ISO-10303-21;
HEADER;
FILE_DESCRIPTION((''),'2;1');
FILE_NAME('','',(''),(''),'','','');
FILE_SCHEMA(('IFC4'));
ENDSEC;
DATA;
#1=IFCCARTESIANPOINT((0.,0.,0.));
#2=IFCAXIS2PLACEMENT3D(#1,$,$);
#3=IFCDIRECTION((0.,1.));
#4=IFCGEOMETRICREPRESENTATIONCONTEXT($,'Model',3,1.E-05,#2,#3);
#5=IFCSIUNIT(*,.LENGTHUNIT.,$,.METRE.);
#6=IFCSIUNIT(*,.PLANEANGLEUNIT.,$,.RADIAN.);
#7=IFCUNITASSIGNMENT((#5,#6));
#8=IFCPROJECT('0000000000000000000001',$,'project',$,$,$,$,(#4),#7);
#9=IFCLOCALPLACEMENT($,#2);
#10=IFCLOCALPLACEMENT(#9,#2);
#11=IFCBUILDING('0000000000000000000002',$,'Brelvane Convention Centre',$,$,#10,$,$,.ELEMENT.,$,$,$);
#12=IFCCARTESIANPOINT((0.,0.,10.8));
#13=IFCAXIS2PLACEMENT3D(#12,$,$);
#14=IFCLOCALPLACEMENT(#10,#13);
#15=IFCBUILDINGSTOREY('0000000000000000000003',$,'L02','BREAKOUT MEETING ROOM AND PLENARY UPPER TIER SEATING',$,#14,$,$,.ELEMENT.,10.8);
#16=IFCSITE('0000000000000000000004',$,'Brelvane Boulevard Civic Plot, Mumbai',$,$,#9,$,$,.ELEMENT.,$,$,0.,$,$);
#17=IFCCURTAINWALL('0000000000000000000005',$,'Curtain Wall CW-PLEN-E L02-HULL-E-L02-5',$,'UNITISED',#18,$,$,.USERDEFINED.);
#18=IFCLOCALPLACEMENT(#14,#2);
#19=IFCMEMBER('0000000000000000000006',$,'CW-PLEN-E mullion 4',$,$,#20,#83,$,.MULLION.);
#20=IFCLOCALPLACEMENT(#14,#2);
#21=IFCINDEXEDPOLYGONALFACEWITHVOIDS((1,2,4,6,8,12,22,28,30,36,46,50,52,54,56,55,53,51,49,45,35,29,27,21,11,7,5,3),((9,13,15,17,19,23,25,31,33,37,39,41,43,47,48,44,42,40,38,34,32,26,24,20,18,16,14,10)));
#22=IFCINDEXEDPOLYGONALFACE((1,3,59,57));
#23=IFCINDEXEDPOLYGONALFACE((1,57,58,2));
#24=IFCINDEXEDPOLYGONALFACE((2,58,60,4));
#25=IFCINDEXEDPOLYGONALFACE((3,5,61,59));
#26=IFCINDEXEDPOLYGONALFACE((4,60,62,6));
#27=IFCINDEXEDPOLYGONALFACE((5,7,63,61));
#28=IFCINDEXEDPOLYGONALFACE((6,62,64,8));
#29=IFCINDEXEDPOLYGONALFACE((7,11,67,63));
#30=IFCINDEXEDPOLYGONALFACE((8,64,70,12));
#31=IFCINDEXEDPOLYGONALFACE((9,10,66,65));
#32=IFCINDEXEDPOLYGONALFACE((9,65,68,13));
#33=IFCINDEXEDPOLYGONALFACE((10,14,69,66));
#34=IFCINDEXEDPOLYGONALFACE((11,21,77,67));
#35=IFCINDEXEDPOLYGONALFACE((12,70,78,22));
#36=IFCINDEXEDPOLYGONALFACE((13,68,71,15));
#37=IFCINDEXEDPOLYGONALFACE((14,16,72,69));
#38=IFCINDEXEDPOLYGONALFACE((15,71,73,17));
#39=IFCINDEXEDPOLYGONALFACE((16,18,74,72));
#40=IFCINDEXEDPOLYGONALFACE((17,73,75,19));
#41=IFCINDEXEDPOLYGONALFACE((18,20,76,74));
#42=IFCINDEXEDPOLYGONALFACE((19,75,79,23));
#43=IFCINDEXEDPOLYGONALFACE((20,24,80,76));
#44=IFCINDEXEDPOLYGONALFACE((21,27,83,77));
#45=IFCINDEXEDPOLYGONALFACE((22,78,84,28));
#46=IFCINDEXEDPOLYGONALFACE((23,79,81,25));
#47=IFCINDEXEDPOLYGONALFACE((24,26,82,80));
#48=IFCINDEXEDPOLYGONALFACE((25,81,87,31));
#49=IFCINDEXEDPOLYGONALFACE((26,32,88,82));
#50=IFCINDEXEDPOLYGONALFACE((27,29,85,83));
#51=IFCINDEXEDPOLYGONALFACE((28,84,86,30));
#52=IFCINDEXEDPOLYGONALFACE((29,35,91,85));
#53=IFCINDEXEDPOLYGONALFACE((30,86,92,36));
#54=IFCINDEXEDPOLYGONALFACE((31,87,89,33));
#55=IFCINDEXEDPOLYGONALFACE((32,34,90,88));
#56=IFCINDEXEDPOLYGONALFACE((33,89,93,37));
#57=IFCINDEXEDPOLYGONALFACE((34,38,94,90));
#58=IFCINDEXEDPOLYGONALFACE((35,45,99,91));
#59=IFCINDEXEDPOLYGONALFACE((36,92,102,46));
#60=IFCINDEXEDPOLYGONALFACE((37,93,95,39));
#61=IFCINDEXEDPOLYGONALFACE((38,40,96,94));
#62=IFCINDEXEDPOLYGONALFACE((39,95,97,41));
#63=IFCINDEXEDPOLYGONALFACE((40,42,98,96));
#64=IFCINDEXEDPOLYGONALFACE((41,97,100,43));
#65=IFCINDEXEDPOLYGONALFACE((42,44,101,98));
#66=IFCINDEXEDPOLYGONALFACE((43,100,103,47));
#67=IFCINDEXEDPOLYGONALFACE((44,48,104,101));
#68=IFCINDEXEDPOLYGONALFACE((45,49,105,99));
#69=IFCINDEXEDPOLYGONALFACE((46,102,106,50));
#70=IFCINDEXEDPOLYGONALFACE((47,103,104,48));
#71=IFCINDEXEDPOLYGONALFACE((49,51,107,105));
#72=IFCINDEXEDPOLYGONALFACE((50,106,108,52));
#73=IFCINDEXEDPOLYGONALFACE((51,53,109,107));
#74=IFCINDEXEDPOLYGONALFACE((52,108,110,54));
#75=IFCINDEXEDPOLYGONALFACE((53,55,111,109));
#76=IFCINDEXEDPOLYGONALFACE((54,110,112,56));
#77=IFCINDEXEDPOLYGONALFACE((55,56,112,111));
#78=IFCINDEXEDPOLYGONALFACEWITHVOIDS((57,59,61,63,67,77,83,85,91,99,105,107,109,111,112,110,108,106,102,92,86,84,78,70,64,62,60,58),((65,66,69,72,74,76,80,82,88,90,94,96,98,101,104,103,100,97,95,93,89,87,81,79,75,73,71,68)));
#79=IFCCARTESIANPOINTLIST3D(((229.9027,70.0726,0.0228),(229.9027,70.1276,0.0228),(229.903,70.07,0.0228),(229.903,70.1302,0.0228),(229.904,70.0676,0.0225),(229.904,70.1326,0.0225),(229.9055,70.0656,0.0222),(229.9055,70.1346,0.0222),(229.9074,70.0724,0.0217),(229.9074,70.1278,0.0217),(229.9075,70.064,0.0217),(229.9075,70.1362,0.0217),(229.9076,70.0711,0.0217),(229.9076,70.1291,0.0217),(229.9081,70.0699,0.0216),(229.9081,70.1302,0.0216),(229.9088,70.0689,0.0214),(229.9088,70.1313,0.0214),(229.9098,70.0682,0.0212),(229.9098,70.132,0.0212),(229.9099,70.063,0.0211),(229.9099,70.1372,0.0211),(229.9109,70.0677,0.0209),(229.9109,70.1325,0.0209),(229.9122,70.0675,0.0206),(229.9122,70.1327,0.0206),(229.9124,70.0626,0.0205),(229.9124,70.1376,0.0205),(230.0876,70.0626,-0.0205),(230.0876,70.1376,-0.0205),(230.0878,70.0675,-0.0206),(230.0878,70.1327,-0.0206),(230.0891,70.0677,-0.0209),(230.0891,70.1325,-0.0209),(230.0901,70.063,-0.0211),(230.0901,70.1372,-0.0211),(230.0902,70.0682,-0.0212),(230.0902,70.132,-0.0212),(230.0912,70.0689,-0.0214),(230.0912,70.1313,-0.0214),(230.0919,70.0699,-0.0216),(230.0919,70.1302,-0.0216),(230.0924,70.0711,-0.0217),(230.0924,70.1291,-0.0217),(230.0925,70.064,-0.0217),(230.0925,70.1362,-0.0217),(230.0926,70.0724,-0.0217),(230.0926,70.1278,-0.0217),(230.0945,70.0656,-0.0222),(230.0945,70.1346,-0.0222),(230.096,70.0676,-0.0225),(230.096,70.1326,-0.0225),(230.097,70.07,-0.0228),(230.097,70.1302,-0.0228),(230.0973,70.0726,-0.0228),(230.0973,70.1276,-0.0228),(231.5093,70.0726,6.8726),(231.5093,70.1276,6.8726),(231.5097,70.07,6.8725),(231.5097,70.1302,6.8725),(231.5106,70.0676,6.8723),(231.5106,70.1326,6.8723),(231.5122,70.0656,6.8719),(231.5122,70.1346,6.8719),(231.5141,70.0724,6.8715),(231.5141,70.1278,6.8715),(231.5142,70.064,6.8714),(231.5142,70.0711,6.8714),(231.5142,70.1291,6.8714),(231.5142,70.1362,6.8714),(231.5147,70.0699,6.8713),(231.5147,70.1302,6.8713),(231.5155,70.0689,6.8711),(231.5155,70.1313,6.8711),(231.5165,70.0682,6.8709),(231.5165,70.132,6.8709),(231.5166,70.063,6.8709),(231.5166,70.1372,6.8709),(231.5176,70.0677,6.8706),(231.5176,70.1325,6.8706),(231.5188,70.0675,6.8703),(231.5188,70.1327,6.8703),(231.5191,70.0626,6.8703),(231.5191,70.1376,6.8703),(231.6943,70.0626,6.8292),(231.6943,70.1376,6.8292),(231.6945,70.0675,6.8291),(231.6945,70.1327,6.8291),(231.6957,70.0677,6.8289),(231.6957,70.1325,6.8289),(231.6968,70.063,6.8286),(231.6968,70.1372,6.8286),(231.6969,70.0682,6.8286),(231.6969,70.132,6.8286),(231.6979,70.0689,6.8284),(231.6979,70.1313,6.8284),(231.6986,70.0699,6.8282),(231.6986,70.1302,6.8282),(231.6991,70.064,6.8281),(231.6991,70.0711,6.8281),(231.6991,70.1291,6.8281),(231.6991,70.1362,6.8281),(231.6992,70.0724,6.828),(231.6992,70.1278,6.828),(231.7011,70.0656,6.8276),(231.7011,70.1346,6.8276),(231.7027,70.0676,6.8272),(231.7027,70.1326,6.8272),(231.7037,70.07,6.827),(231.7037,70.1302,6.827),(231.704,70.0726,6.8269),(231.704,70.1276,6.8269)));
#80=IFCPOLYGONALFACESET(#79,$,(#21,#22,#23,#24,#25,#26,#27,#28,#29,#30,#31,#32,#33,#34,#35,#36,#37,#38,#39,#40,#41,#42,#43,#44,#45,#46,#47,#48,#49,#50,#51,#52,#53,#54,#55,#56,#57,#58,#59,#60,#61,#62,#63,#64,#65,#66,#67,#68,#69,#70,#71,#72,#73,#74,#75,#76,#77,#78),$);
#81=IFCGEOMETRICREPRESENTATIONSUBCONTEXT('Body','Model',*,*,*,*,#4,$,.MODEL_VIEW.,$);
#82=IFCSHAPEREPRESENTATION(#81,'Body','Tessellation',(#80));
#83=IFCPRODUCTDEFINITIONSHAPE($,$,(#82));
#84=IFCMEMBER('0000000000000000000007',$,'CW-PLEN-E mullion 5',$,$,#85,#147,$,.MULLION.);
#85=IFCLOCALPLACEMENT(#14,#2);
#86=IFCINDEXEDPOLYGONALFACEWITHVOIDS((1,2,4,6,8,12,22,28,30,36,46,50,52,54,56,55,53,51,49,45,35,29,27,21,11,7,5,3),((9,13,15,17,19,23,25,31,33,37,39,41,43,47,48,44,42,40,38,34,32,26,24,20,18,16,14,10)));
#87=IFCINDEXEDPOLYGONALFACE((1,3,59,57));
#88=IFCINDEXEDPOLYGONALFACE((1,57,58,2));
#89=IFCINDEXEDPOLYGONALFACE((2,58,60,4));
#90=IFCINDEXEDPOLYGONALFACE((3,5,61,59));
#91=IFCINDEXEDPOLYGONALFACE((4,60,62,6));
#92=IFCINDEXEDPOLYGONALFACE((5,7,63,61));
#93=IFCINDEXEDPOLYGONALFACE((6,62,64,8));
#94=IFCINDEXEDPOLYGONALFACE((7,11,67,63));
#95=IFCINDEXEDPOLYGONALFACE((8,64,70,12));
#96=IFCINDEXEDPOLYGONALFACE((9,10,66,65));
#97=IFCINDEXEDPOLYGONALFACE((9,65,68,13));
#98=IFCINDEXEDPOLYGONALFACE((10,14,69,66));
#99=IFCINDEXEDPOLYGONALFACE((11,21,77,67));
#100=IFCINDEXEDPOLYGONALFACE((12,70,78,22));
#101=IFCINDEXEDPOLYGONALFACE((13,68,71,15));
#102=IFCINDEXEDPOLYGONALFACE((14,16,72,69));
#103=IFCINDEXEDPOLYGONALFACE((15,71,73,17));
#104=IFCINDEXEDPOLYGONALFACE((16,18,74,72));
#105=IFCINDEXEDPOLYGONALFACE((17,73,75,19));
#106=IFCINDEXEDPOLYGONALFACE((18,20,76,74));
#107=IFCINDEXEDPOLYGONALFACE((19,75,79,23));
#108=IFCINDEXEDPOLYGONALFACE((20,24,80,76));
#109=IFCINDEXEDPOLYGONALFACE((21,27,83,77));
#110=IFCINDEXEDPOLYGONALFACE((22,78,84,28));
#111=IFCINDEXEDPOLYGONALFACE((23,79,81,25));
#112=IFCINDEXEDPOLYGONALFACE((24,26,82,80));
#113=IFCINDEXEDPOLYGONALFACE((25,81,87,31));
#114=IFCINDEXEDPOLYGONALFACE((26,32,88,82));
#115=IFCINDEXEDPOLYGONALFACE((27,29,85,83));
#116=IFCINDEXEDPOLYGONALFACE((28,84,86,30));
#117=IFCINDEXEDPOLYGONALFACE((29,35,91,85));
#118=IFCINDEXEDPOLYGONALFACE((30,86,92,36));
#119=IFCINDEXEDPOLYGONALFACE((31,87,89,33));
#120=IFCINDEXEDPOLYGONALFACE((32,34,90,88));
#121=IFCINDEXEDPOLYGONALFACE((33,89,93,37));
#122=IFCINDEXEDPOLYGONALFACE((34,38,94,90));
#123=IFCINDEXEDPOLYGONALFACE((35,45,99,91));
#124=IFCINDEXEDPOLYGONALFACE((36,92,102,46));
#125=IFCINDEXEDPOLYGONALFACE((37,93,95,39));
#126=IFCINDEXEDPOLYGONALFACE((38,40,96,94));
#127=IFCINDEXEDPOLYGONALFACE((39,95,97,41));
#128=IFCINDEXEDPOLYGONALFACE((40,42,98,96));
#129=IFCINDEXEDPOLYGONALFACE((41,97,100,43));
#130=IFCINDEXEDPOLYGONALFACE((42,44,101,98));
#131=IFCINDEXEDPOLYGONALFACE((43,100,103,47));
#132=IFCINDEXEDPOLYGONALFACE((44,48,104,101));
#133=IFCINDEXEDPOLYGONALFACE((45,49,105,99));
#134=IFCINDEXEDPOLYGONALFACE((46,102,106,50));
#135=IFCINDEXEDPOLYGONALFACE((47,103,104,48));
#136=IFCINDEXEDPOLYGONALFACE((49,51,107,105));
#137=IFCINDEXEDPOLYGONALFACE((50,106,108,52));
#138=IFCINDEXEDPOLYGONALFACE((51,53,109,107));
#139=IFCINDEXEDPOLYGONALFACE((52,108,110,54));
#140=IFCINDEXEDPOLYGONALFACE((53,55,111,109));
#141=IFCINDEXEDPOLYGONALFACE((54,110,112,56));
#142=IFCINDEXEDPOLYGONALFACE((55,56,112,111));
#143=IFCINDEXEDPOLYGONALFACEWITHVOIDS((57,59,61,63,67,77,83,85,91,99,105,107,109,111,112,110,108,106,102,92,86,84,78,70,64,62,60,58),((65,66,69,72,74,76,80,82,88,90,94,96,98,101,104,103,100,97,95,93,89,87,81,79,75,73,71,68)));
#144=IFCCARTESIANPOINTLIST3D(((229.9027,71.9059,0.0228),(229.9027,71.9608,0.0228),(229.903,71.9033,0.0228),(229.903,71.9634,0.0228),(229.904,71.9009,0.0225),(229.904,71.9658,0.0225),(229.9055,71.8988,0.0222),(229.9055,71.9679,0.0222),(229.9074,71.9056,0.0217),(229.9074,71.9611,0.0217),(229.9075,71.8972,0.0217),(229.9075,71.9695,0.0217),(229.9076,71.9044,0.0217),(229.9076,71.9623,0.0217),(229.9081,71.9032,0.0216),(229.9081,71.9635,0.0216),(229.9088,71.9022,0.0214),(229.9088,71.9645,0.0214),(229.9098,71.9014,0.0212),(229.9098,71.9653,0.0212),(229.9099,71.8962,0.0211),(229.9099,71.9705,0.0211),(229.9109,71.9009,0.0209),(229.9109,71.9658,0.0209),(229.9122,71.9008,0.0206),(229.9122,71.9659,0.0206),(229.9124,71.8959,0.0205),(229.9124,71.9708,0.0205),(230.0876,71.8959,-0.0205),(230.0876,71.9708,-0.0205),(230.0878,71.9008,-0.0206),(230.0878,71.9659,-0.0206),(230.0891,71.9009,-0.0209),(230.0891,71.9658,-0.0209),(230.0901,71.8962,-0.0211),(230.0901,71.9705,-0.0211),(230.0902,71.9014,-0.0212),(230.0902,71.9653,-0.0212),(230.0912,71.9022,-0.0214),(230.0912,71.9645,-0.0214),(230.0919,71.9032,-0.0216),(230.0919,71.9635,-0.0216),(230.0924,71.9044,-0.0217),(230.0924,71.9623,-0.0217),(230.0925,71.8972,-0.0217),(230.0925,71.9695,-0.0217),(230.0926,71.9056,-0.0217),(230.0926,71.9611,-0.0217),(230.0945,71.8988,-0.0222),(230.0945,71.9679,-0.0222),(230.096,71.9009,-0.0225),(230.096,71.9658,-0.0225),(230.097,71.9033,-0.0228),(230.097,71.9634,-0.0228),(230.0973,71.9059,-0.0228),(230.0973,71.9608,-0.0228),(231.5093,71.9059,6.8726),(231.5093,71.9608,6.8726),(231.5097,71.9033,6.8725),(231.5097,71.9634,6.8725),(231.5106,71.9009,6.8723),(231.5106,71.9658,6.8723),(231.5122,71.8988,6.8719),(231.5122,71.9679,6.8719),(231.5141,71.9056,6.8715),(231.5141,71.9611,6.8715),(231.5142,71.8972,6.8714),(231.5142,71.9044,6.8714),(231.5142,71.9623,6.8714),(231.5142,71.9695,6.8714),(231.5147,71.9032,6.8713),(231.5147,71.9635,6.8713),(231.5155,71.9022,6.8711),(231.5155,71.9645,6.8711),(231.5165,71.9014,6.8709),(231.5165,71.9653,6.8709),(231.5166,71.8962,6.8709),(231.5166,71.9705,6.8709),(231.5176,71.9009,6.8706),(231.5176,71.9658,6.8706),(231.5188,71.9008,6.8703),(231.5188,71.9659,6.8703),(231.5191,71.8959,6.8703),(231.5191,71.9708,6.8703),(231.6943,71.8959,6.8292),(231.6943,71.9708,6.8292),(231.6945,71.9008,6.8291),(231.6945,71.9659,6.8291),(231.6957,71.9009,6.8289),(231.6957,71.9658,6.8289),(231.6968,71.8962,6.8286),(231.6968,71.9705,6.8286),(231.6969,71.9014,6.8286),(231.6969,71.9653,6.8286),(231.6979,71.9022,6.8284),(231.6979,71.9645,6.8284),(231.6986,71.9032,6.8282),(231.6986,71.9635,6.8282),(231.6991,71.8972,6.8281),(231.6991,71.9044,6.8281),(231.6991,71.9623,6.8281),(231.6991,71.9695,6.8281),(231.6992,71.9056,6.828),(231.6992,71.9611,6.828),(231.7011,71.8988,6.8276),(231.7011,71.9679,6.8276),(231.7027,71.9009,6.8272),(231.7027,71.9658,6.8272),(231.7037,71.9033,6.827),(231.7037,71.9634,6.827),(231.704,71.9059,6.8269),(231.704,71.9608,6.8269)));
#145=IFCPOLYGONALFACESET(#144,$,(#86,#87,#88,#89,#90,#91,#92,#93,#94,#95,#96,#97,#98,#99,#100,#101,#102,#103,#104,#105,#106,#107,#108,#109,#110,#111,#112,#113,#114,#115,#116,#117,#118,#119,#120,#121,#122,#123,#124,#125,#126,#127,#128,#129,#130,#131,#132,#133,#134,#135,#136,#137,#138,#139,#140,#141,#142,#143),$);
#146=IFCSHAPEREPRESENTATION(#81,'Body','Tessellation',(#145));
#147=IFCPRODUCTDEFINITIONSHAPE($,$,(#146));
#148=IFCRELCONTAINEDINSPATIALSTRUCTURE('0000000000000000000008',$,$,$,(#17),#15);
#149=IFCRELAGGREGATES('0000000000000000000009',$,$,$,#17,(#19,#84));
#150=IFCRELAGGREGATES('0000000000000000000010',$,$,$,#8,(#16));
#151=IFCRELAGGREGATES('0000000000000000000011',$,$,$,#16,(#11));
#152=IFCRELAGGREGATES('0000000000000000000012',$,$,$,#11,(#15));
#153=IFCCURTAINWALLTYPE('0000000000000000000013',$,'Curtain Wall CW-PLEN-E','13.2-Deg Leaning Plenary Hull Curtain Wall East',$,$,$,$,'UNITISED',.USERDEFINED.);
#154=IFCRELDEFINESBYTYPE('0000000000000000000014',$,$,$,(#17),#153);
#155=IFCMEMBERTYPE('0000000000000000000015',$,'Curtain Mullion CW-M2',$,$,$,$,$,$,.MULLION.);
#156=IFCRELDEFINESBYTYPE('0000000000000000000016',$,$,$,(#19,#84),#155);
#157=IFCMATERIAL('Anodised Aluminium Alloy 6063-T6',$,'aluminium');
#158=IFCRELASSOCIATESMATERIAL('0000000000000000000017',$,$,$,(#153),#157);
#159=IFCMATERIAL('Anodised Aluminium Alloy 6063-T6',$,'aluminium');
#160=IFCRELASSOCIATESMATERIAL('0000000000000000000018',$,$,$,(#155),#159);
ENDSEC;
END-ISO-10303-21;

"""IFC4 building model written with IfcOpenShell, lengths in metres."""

from ifc_helpers import new_model, si_unit, direction, frame, origin, origin_2d, place, context, subcontext, project, spatial, hollow_rectangle, extrude, material, material_profile, profile_set, type_object, element, aggregate, save


model = new_model("IFC4")

# Units and contexts
model_context = context("Model", 3, precision=1e-05, world=origin(), true_north=direction((0.0, 1.0)))
body_context = subcontext(model_context, "Body", "Model", "MODEL_VIEW")
ifc_project = project(units=[si_unit("LENGTHUNIT", "METRE"), si_unit("PLANEANGLEUNIT", "RADIAN")], contexts=[model_context])

# Site, building, storey
site_placement = place(None, origin())
site = spatial("IfcSite", under=ifc_project, at=site_placement, Name="Brelvane Boulevard Civic Plot, Mumbai", CompositionType="ELEMENT", RefElevation=0.0)
building_placement = place(site_placement, origin())
building = spatial("IfcBuilding", under=site, at=building_placement, Name="Brelvane Convention Centre", CompositionType="ELEMENT")
storey_placement = place(building_placement, frame((0.0, 0.0, 10.8)))
storey = spatial("IfcBuildingStorey", under=building, at=storey_placement, Name="L02", Description="BREAKOUT MEETING ROOM AND PLENARY UPPER TIER SEATING", CompositionType="ELEMENT", Elevation=10.8)

# Curtain wall, members
ifc_material_1 = material(Name="Anodised Aluminium Alloy 6063-T6", Category="aluminium")
curtain_wall_type = type_object("IfcCurtainWallType", Name="Curtain Wall CW-PLEN-E", Description="13.2-Deg Leaning Plenary Hull Curtain Wall East", ElementType="UNITISED", PredefinedType="USERDEFINED", material=ifc_material_1)
curtain_wall_1_placement = place(storey_placement, origin())
curtain_wall_1 = element("IfcCurtainWall", 1, at=curtain_wall_1_placement, inside=storey, type_object=curtain_wall_type, Name="Curtain Wall CW-PLEN-E L02-HULL-E-L02-5", ObjectType="UNITISED", PredefinedType="USERDEFINED")
ifc_material_2 = material(Name="Anodised Aluminium Alloy 6063-T6", Category="aluminium")
ifc_material_profile_1 = material_profile(ifc_material_2, hollow_rectangle(XDim=0.075, YDim=0.2, WallThickness=0.0049, InnerFilletRadius=0.0049, OuterFilletRadius=0.01, at=origin_2d()), Name="ALU-M 200x75x5.0")
ifc_profile_set_1 = profile_set([ifc_material_profile_1], Name="Anodised Aluminium Alloy 6063-T6")
member_type_1 = type_object("IfcMemberType", Name="Curtain Mullion CW-M2", PredefinedType="MULLION", material=ifc_profile_set_1)
member_1_placement = place(storey_placement, frame((230.0, 70.1001, 0.0), z_axis=(0.22836, 0.0, 0.973577), x_axis=(0.0, 1.0, 0.0)))
member_1 = element("IfcMember", 2, at=member_1_placement, type_object=member_type_1, Name="CW-PLEN-E mullion 4", PredefinedType="MULLION", context=body_context, shape_type="SweptSolid", body=[
    extrude(hollow_rectangle(XDim=0.075, YDim=0.2, WallThickness=0.0049, InnerFilletRadius=0.0049, OuterFilletRadius=0.01, at=origin_2d()), origin(), (0.0, 0.0, 1.0), 7.0356),
])
member_2_placement = place(storey_placement, frame((230.0, 71.9333, 0.0), z_axis=(0.22836, 0.0, 0.973577), x_axis=(0.0, 1.0, 0.0)))
member_2 = element("IfcMember", 3, at=member_2_placement, type_object=member_type_1, Name="CW-PLEN-E mullion 5", PredefinedType="MULLION", context=body_context, shape_type="SweptSolid", body=[
    extrude(hollow_rectangle(XDim=0.075, YDim=0.2, WallThickness=0.0049, InnerFilletRadius=0.0049, OuterFilletRadius=0.01, at=origin_2d()), origin(), (0.0, 0.0, 1.0), 7.0356),
])

aggregate(curtain_wall_1, [member_1, member_2])

save(model, "model.ifc")
